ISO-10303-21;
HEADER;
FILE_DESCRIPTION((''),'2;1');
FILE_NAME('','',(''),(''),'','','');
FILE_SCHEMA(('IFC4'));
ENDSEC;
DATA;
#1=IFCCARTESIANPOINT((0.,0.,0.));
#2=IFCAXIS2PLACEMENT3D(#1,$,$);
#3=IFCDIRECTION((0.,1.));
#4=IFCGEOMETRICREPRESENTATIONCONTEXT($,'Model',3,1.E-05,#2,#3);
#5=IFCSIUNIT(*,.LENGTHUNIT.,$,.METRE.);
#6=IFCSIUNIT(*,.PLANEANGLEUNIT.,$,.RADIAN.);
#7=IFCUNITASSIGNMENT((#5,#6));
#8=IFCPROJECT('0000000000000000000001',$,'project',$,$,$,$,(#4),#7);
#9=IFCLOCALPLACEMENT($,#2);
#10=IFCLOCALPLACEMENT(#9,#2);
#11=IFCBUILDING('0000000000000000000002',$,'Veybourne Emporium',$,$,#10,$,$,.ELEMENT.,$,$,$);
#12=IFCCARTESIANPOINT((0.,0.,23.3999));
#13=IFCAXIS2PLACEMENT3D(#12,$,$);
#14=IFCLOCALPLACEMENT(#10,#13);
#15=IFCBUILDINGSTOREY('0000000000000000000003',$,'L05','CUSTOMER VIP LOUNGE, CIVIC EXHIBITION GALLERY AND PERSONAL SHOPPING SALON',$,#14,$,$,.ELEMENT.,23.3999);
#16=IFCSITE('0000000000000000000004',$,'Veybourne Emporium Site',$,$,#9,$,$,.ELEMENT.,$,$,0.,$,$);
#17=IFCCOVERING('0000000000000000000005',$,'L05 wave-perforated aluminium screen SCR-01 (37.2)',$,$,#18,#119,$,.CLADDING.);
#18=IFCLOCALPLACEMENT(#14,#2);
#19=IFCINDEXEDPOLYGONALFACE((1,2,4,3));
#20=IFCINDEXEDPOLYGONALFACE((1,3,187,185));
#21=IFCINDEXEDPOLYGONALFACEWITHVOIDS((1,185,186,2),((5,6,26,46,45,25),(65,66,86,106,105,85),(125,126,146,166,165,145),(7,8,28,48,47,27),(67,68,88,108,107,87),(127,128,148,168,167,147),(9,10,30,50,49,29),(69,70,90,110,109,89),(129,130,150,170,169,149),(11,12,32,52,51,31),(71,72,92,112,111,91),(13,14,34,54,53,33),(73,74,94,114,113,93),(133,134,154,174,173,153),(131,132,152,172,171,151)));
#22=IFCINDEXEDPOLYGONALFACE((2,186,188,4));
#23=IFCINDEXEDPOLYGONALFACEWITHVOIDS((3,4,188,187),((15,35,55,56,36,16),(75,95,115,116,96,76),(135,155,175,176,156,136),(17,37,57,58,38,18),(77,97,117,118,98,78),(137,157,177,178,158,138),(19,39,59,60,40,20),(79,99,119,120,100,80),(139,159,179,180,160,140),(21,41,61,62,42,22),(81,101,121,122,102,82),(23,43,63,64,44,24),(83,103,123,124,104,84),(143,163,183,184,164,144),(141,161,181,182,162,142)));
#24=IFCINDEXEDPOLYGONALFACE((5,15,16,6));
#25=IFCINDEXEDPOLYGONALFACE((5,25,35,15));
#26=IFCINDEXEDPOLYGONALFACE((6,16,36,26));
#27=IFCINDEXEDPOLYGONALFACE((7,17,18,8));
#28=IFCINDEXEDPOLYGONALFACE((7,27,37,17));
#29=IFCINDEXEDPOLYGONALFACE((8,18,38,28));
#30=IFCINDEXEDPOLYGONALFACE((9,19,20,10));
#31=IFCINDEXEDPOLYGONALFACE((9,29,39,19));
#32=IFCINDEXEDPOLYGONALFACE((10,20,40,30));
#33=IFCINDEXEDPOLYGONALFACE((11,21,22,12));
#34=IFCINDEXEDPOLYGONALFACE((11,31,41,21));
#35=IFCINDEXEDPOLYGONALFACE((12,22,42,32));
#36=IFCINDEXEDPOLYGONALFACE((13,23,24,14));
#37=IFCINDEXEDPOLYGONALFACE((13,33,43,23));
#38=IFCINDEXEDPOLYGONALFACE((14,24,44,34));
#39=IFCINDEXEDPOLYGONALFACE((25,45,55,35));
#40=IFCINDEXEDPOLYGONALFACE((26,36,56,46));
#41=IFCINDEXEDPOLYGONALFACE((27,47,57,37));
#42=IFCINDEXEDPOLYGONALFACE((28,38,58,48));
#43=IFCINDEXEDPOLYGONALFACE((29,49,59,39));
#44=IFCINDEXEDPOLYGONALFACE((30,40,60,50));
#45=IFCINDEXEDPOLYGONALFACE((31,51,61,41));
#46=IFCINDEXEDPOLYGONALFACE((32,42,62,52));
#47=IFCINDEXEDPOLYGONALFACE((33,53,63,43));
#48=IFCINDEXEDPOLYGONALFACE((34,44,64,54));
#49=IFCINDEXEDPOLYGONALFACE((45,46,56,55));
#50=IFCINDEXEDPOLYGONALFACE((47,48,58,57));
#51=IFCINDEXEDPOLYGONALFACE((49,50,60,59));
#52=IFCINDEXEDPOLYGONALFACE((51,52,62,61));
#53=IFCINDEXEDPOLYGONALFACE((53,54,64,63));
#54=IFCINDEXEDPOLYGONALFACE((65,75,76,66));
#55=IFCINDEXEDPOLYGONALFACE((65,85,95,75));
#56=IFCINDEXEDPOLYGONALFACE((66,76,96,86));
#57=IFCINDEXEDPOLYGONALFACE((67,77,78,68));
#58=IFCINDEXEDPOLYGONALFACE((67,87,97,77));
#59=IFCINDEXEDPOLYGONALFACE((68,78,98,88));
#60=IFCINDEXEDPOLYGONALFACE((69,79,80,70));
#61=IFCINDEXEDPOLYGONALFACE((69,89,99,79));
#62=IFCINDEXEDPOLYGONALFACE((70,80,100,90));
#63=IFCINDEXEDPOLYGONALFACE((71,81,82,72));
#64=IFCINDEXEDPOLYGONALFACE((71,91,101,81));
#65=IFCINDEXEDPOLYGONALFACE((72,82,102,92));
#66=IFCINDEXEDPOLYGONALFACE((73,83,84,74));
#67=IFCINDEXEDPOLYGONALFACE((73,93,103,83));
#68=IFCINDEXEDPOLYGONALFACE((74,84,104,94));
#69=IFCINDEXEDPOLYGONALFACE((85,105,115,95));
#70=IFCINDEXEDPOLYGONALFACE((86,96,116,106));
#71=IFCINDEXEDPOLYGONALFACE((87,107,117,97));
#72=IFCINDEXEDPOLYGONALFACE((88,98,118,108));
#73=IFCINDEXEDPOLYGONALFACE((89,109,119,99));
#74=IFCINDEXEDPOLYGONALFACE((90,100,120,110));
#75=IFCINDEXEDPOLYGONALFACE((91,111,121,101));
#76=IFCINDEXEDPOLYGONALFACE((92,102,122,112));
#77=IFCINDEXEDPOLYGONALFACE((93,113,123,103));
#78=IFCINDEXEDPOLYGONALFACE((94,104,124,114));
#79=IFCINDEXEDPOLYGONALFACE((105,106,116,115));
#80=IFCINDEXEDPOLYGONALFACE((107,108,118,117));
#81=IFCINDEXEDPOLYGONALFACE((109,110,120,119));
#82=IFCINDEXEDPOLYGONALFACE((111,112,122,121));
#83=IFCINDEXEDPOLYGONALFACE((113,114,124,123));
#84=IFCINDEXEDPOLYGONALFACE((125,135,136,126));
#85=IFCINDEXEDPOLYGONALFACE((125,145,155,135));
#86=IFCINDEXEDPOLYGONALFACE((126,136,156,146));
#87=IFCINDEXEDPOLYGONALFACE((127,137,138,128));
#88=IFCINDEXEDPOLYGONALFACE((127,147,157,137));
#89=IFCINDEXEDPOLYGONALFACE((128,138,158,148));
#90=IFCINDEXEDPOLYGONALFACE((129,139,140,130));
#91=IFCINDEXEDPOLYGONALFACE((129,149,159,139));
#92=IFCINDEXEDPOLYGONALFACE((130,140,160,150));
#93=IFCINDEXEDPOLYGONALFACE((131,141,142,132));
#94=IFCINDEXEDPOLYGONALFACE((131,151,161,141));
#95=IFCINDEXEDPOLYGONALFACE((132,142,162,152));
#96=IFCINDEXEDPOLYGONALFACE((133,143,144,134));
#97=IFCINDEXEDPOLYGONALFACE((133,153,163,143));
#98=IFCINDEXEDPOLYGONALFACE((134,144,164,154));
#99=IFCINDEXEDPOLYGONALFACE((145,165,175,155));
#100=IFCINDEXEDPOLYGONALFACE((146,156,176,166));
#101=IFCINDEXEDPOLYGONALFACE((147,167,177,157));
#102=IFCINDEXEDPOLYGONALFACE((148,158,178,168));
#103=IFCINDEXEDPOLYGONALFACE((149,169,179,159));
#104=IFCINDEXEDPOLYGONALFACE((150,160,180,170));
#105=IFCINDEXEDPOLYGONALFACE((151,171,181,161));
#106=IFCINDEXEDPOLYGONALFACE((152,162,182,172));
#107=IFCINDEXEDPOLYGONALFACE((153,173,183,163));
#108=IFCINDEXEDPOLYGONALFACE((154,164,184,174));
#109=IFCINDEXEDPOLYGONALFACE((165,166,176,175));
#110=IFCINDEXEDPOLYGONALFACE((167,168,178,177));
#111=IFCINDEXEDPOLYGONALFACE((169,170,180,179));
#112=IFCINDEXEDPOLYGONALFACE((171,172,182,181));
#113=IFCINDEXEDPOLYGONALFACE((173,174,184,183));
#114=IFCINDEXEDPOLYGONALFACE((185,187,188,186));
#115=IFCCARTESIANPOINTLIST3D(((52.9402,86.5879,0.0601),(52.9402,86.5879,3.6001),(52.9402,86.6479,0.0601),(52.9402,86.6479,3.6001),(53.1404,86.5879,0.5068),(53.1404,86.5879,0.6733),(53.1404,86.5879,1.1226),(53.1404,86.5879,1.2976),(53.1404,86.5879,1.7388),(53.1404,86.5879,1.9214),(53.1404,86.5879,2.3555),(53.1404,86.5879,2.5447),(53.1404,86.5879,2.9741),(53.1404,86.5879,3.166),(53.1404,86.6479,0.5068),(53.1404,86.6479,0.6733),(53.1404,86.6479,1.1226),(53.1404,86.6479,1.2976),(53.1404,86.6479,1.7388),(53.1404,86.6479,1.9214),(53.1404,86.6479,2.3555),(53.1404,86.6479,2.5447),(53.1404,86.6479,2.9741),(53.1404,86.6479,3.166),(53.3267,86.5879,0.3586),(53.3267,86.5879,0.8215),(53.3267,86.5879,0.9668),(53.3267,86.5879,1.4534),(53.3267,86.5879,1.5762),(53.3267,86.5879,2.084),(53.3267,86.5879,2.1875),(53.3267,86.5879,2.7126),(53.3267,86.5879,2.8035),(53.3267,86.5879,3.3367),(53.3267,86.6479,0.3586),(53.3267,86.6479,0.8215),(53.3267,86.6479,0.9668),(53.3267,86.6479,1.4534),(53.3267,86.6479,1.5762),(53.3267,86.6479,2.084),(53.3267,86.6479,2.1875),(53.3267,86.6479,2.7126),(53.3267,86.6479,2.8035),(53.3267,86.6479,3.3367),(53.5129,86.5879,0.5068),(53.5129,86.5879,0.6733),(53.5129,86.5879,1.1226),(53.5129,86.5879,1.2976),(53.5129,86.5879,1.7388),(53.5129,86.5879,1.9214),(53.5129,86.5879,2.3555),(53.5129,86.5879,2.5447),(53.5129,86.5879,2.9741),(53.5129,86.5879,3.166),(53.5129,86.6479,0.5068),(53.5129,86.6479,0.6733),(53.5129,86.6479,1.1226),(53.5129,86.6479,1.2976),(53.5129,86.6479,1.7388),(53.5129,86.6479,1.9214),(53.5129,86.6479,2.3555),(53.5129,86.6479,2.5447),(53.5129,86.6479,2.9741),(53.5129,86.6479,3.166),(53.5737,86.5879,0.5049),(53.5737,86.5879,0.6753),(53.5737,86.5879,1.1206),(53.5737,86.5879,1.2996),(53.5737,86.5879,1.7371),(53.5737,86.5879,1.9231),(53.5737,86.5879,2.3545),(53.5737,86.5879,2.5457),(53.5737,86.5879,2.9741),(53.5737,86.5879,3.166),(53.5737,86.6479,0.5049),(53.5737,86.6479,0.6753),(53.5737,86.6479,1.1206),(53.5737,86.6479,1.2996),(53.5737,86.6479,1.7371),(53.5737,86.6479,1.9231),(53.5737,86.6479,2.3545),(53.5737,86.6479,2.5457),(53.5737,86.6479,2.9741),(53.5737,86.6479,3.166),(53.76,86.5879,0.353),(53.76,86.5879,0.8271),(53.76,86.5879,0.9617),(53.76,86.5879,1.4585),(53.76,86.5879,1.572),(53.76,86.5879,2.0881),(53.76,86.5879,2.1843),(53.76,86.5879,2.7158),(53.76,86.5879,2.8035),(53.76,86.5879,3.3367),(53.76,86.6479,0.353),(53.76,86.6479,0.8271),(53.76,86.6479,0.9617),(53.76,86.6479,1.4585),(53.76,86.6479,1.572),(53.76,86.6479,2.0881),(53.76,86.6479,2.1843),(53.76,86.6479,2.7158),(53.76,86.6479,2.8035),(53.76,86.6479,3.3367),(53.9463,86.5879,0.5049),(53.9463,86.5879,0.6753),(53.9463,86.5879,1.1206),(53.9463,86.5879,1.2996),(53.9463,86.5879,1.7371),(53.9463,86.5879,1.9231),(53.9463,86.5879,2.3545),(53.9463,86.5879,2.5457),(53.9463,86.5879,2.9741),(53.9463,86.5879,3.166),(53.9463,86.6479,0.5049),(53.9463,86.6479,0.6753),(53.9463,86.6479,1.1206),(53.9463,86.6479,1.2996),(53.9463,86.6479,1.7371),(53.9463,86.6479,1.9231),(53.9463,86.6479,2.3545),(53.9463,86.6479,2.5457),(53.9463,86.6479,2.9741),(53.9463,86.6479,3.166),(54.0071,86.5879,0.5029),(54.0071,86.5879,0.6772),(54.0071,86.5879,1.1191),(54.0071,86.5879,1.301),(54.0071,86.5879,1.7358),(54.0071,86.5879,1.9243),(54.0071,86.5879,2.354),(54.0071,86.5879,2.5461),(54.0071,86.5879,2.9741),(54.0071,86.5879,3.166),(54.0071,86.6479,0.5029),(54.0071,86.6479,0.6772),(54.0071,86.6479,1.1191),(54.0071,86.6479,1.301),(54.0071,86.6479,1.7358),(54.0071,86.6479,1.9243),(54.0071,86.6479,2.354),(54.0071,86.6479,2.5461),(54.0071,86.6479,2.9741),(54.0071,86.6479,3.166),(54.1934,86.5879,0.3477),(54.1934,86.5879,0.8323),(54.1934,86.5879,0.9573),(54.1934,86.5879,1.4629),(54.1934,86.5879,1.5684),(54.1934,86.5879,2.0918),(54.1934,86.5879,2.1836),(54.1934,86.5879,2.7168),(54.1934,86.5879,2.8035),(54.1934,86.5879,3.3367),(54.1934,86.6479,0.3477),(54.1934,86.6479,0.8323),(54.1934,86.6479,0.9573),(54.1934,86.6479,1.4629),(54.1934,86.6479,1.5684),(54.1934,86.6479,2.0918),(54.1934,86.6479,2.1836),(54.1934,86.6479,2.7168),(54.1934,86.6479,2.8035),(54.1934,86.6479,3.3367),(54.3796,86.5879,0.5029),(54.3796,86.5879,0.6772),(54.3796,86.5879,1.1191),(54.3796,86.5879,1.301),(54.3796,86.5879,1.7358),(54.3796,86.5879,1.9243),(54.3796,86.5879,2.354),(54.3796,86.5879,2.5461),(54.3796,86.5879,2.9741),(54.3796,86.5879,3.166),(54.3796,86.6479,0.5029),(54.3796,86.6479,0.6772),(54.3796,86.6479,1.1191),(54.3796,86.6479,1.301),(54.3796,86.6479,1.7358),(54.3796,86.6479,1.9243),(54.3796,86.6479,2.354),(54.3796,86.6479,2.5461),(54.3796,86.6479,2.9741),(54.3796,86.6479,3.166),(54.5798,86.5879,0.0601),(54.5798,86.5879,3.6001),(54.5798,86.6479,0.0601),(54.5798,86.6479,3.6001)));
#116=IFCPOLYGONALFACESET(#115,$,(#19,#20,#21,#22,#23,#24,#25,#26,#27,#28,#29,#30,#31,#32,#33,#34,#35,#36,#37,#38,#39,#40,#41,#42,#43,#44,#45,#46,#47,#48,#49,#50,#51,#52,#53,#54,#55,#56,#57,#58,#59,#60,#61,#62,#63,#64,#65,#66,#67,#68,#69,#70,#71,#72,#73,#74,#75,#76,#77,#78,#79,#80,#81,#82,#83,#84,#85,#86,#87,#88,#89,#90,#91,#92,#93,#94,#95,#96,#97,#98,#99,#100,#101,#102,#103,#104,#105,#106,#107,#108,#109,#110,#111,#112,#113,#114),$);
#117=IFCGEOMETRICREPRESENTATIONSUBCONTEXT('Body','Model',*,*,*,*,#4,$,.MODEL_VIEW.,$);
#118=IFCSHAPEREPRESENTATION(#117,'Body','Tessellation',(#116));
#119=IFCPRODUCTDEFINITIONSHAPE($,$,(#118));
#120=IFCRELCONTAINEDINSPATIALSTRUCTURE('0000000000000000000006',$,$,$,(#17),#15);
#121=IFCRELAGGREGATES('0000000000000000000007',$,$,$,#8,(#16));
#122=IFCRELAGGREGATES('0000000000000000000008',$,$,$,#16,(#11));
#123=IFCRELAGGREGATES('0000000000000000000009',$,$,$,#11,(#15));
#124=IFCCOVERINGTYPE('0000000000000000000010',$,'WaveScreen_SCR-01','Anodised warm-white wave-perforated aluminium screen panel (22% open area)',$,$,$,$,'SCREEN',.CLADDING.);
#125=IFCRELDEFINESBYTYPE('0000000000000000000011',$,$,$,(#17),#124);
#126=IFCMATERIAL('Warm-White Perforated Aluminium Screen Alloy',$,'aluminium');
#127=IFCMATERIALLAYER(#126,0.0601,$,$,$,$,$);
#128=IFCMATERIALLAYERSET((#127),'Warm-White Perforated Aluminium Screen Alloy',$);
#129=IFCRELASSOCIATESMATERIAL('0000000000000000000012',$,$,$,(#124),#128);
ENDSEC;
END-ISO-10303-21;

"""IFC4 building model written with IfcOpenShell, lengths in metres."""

from ifc_helpers import new_model, si_unit, direction, frame, origin, place, context, subcontext, project, spatial, polyline, outline, extrude, material, layer, layer_set, type_object, element, save


model = new_model("IFC4")

# Units and contexts
model_context = context("Model", 3, precision=1e-05, world=origin(), true_north=direction((0.0, 1.0)))
body_context = subcontext(model_context, "Body", "Model", "MODEL_VIEW")
ifc_project = project(units=[si_unit("LENGTHUNIT", "METRE"), si_unit("PLANEANGLEUNIT", "RADIAN")], contexts=[model_context])

# Site, building, storey
site_placement = place(None, origin())
site = spatial("IfcSite", under=ifc_project, at=site_placement, Name="Veybourne Emporium Site", CompositionType="ELEMENT", RefElevation=0.0)
building_placement = place(site_placement, origin())
building = spatial("IfcBuilding", under=site, at=building_placement, Name="Veybourne Emporium", CompositionType="ELEMENT")
storey_placement = place(building_placement, frame((0.0, 0.0, 23.3999)))
storey = spatial("IfcBuildingStorey", under=building, at=storey_placement, Name="L05", Description="CUSTOMER VIP LOUNGE, CIVIC EXHIBITION GALLERY AND PERSONAL SHOPPING SALON", CompositionType="ELEMENT", Elevation=23.3999)

# Covering
ifc_material_1 = material(Name="Warm-White Perforated Aluminium Screen Alloy", Category="aluminium")
ifc_layer_1 = layer(ifc_material_1, 0.0601)
ifc_layer_set_1 = layer_set([ifc_layer_1], Name="Warm-White Perforated Aluminium Screen Alloy")
covering_type_1 = type_object("IfcCoveringType", Name="WaveScreen_SCR-01", Description="Anodised warm-white wave-perforated aluminium screen panel (22% open area)", ElementType="SCREEN", PredefinedType="CLADDING", material=ifc_layer_set_1)
covering_1_placement = place(storey_placement, frame((53.76, 86.6479, 1.8301), z_axis=(0.0, -1.0, 0.0), x_axis=(1.0, 0.0, 0.0)))
element("IfcCovering", 1, at=covering_1_placement, inside=storey, type_object=covering_type_1, Name="L05 wave-perforated aluminium screen SCR-01 (37.2)", PredefinedType="CLADDING", context=body_context, shape_type="SweptSolid", body=[
    extrude(outline(polyline([(-0.8198, -1.77), (0.8198, -1.77), (0.8198, 1.77), (-0.8198, 1.77), (-0.8198, -1.77)]), holes=[polyline([(-0.4333, -1.0085), (-0.2471, -1.1567), (-0.2471, -1.3232), (-0.4333, -1.4714), (-0.6196, -1.3232), (-0.6196, -1.1567), (-0.4333, -1.0085)]), polyline([(-0.4333, -0.3767), (-0.2471, -0.5325), (-0.2471, -0.7075), (-0.4333, -0.8633), (-0.6196, -0.7075), (-0.6196, -0.5325), (-0.4333, -0.3767)]), polyline([(-0.4333, 0.2539), (-0.2471, 0.0913), (-0.2471, -0.0913), (-0.4333, -0.2539), (-0.6196, -0.0913), (-0.6196, 0.0913), (-0.4333, 0.2539)]), polyline([(-0.4333, 0.8826), (-0.2471, 0.7146), (-0.2471, 0.5254), (-0.4333, 0.3574), (-0.6196, 0.5254), (-0.6196, 0.7146), (-0.4333, 0.8826)]), polyline([(-0.4333, 1.5066), (-0.2471, 1.3359), (-0.2471, 1.144), (-0.4333, 0.9734), (-0.6196, 1.144), (-0.6196, 1.3359), (-0.4333, 1.5066)]), polyline([(0.0, -1.0029), (0.1863, -1.1548), (0.1863, -1.3252), (0.0, -1.4771), (-0.1863, -1.3252), (-0.1863, -1.1548), (0.0, -1.0029)]), polyline([(0.0, -0.3716), (0.1863, -0.5305), (0.1863, -0.7095), (0.0, -0.8684), (-0.1863, -0.7095), (-0.1863, -0.5305), (0.0, -0.3716)]), polyline([(0.0, 0.2581), (0.1863, 0.093), (0.1863, -0.093), (0.0, -0.2581), (-0.1863, -0.093), (-0.1863, 0.093), (0.0, 0.2581)]), polyline([(0.0, 0.8857), (0.1863, 0.7156), (0.1863, 0.5244), (0.0, 0.3542), (-0.1863, 0.5244), (-0.1863, 0.7156), (0.0, 0.8857)]), polyline([(0.0, 1.5066), (0.1863, 1.3359), (0.1863, 1.144), (0.0, 0.9734), (-0.1863, 1.144), (-0.1863, 1.3359), (0.0, 1.5066)]), polyline([(0.4333, -0.9978), (0.6196, -1.1528), (0.6196, -1.3271), (0.4333, -1.4824), (0.2471, -1.3271), (0.2471, -1.1528), (0.4333, -0.9978)]), polyline([(0.4333, -0.3672), (0.6196, -0.5291), (0.6196, -0.7109), (0.4333, -0.8728), (0.2471, -0.7109), (0.2471, -0.5291), (0.4333, -0.3672)]), polyline([(0.4333, 0.2617), (0.6196, 0.0942), (0.6196, -0.0942), (0.4333, -0.2617), (0.2471, -0.0942), (0.2471, 0.0942), (0.4333, 0.2617)]), polyline([(0.4333, 0.8867), (0.6196, 0.7161), (0.6196, 0.5239), (0.4333, 0.3535), (0.2471, 0.5239), (0.2471, 0.7161), (0.4333, 0.8867)]), polyline([(0.4333, 1.5066), (0.6196, 1.3359), (0.6196, 1.144), (0.4333, 0.9734), (0.2471, 1.144), (0.2471, 1.3359), (0.4333, 1.5066)])]), origin(), (0.0, 0.0, 1.0), 0.0601),
])

save(model, "model.ifc")
